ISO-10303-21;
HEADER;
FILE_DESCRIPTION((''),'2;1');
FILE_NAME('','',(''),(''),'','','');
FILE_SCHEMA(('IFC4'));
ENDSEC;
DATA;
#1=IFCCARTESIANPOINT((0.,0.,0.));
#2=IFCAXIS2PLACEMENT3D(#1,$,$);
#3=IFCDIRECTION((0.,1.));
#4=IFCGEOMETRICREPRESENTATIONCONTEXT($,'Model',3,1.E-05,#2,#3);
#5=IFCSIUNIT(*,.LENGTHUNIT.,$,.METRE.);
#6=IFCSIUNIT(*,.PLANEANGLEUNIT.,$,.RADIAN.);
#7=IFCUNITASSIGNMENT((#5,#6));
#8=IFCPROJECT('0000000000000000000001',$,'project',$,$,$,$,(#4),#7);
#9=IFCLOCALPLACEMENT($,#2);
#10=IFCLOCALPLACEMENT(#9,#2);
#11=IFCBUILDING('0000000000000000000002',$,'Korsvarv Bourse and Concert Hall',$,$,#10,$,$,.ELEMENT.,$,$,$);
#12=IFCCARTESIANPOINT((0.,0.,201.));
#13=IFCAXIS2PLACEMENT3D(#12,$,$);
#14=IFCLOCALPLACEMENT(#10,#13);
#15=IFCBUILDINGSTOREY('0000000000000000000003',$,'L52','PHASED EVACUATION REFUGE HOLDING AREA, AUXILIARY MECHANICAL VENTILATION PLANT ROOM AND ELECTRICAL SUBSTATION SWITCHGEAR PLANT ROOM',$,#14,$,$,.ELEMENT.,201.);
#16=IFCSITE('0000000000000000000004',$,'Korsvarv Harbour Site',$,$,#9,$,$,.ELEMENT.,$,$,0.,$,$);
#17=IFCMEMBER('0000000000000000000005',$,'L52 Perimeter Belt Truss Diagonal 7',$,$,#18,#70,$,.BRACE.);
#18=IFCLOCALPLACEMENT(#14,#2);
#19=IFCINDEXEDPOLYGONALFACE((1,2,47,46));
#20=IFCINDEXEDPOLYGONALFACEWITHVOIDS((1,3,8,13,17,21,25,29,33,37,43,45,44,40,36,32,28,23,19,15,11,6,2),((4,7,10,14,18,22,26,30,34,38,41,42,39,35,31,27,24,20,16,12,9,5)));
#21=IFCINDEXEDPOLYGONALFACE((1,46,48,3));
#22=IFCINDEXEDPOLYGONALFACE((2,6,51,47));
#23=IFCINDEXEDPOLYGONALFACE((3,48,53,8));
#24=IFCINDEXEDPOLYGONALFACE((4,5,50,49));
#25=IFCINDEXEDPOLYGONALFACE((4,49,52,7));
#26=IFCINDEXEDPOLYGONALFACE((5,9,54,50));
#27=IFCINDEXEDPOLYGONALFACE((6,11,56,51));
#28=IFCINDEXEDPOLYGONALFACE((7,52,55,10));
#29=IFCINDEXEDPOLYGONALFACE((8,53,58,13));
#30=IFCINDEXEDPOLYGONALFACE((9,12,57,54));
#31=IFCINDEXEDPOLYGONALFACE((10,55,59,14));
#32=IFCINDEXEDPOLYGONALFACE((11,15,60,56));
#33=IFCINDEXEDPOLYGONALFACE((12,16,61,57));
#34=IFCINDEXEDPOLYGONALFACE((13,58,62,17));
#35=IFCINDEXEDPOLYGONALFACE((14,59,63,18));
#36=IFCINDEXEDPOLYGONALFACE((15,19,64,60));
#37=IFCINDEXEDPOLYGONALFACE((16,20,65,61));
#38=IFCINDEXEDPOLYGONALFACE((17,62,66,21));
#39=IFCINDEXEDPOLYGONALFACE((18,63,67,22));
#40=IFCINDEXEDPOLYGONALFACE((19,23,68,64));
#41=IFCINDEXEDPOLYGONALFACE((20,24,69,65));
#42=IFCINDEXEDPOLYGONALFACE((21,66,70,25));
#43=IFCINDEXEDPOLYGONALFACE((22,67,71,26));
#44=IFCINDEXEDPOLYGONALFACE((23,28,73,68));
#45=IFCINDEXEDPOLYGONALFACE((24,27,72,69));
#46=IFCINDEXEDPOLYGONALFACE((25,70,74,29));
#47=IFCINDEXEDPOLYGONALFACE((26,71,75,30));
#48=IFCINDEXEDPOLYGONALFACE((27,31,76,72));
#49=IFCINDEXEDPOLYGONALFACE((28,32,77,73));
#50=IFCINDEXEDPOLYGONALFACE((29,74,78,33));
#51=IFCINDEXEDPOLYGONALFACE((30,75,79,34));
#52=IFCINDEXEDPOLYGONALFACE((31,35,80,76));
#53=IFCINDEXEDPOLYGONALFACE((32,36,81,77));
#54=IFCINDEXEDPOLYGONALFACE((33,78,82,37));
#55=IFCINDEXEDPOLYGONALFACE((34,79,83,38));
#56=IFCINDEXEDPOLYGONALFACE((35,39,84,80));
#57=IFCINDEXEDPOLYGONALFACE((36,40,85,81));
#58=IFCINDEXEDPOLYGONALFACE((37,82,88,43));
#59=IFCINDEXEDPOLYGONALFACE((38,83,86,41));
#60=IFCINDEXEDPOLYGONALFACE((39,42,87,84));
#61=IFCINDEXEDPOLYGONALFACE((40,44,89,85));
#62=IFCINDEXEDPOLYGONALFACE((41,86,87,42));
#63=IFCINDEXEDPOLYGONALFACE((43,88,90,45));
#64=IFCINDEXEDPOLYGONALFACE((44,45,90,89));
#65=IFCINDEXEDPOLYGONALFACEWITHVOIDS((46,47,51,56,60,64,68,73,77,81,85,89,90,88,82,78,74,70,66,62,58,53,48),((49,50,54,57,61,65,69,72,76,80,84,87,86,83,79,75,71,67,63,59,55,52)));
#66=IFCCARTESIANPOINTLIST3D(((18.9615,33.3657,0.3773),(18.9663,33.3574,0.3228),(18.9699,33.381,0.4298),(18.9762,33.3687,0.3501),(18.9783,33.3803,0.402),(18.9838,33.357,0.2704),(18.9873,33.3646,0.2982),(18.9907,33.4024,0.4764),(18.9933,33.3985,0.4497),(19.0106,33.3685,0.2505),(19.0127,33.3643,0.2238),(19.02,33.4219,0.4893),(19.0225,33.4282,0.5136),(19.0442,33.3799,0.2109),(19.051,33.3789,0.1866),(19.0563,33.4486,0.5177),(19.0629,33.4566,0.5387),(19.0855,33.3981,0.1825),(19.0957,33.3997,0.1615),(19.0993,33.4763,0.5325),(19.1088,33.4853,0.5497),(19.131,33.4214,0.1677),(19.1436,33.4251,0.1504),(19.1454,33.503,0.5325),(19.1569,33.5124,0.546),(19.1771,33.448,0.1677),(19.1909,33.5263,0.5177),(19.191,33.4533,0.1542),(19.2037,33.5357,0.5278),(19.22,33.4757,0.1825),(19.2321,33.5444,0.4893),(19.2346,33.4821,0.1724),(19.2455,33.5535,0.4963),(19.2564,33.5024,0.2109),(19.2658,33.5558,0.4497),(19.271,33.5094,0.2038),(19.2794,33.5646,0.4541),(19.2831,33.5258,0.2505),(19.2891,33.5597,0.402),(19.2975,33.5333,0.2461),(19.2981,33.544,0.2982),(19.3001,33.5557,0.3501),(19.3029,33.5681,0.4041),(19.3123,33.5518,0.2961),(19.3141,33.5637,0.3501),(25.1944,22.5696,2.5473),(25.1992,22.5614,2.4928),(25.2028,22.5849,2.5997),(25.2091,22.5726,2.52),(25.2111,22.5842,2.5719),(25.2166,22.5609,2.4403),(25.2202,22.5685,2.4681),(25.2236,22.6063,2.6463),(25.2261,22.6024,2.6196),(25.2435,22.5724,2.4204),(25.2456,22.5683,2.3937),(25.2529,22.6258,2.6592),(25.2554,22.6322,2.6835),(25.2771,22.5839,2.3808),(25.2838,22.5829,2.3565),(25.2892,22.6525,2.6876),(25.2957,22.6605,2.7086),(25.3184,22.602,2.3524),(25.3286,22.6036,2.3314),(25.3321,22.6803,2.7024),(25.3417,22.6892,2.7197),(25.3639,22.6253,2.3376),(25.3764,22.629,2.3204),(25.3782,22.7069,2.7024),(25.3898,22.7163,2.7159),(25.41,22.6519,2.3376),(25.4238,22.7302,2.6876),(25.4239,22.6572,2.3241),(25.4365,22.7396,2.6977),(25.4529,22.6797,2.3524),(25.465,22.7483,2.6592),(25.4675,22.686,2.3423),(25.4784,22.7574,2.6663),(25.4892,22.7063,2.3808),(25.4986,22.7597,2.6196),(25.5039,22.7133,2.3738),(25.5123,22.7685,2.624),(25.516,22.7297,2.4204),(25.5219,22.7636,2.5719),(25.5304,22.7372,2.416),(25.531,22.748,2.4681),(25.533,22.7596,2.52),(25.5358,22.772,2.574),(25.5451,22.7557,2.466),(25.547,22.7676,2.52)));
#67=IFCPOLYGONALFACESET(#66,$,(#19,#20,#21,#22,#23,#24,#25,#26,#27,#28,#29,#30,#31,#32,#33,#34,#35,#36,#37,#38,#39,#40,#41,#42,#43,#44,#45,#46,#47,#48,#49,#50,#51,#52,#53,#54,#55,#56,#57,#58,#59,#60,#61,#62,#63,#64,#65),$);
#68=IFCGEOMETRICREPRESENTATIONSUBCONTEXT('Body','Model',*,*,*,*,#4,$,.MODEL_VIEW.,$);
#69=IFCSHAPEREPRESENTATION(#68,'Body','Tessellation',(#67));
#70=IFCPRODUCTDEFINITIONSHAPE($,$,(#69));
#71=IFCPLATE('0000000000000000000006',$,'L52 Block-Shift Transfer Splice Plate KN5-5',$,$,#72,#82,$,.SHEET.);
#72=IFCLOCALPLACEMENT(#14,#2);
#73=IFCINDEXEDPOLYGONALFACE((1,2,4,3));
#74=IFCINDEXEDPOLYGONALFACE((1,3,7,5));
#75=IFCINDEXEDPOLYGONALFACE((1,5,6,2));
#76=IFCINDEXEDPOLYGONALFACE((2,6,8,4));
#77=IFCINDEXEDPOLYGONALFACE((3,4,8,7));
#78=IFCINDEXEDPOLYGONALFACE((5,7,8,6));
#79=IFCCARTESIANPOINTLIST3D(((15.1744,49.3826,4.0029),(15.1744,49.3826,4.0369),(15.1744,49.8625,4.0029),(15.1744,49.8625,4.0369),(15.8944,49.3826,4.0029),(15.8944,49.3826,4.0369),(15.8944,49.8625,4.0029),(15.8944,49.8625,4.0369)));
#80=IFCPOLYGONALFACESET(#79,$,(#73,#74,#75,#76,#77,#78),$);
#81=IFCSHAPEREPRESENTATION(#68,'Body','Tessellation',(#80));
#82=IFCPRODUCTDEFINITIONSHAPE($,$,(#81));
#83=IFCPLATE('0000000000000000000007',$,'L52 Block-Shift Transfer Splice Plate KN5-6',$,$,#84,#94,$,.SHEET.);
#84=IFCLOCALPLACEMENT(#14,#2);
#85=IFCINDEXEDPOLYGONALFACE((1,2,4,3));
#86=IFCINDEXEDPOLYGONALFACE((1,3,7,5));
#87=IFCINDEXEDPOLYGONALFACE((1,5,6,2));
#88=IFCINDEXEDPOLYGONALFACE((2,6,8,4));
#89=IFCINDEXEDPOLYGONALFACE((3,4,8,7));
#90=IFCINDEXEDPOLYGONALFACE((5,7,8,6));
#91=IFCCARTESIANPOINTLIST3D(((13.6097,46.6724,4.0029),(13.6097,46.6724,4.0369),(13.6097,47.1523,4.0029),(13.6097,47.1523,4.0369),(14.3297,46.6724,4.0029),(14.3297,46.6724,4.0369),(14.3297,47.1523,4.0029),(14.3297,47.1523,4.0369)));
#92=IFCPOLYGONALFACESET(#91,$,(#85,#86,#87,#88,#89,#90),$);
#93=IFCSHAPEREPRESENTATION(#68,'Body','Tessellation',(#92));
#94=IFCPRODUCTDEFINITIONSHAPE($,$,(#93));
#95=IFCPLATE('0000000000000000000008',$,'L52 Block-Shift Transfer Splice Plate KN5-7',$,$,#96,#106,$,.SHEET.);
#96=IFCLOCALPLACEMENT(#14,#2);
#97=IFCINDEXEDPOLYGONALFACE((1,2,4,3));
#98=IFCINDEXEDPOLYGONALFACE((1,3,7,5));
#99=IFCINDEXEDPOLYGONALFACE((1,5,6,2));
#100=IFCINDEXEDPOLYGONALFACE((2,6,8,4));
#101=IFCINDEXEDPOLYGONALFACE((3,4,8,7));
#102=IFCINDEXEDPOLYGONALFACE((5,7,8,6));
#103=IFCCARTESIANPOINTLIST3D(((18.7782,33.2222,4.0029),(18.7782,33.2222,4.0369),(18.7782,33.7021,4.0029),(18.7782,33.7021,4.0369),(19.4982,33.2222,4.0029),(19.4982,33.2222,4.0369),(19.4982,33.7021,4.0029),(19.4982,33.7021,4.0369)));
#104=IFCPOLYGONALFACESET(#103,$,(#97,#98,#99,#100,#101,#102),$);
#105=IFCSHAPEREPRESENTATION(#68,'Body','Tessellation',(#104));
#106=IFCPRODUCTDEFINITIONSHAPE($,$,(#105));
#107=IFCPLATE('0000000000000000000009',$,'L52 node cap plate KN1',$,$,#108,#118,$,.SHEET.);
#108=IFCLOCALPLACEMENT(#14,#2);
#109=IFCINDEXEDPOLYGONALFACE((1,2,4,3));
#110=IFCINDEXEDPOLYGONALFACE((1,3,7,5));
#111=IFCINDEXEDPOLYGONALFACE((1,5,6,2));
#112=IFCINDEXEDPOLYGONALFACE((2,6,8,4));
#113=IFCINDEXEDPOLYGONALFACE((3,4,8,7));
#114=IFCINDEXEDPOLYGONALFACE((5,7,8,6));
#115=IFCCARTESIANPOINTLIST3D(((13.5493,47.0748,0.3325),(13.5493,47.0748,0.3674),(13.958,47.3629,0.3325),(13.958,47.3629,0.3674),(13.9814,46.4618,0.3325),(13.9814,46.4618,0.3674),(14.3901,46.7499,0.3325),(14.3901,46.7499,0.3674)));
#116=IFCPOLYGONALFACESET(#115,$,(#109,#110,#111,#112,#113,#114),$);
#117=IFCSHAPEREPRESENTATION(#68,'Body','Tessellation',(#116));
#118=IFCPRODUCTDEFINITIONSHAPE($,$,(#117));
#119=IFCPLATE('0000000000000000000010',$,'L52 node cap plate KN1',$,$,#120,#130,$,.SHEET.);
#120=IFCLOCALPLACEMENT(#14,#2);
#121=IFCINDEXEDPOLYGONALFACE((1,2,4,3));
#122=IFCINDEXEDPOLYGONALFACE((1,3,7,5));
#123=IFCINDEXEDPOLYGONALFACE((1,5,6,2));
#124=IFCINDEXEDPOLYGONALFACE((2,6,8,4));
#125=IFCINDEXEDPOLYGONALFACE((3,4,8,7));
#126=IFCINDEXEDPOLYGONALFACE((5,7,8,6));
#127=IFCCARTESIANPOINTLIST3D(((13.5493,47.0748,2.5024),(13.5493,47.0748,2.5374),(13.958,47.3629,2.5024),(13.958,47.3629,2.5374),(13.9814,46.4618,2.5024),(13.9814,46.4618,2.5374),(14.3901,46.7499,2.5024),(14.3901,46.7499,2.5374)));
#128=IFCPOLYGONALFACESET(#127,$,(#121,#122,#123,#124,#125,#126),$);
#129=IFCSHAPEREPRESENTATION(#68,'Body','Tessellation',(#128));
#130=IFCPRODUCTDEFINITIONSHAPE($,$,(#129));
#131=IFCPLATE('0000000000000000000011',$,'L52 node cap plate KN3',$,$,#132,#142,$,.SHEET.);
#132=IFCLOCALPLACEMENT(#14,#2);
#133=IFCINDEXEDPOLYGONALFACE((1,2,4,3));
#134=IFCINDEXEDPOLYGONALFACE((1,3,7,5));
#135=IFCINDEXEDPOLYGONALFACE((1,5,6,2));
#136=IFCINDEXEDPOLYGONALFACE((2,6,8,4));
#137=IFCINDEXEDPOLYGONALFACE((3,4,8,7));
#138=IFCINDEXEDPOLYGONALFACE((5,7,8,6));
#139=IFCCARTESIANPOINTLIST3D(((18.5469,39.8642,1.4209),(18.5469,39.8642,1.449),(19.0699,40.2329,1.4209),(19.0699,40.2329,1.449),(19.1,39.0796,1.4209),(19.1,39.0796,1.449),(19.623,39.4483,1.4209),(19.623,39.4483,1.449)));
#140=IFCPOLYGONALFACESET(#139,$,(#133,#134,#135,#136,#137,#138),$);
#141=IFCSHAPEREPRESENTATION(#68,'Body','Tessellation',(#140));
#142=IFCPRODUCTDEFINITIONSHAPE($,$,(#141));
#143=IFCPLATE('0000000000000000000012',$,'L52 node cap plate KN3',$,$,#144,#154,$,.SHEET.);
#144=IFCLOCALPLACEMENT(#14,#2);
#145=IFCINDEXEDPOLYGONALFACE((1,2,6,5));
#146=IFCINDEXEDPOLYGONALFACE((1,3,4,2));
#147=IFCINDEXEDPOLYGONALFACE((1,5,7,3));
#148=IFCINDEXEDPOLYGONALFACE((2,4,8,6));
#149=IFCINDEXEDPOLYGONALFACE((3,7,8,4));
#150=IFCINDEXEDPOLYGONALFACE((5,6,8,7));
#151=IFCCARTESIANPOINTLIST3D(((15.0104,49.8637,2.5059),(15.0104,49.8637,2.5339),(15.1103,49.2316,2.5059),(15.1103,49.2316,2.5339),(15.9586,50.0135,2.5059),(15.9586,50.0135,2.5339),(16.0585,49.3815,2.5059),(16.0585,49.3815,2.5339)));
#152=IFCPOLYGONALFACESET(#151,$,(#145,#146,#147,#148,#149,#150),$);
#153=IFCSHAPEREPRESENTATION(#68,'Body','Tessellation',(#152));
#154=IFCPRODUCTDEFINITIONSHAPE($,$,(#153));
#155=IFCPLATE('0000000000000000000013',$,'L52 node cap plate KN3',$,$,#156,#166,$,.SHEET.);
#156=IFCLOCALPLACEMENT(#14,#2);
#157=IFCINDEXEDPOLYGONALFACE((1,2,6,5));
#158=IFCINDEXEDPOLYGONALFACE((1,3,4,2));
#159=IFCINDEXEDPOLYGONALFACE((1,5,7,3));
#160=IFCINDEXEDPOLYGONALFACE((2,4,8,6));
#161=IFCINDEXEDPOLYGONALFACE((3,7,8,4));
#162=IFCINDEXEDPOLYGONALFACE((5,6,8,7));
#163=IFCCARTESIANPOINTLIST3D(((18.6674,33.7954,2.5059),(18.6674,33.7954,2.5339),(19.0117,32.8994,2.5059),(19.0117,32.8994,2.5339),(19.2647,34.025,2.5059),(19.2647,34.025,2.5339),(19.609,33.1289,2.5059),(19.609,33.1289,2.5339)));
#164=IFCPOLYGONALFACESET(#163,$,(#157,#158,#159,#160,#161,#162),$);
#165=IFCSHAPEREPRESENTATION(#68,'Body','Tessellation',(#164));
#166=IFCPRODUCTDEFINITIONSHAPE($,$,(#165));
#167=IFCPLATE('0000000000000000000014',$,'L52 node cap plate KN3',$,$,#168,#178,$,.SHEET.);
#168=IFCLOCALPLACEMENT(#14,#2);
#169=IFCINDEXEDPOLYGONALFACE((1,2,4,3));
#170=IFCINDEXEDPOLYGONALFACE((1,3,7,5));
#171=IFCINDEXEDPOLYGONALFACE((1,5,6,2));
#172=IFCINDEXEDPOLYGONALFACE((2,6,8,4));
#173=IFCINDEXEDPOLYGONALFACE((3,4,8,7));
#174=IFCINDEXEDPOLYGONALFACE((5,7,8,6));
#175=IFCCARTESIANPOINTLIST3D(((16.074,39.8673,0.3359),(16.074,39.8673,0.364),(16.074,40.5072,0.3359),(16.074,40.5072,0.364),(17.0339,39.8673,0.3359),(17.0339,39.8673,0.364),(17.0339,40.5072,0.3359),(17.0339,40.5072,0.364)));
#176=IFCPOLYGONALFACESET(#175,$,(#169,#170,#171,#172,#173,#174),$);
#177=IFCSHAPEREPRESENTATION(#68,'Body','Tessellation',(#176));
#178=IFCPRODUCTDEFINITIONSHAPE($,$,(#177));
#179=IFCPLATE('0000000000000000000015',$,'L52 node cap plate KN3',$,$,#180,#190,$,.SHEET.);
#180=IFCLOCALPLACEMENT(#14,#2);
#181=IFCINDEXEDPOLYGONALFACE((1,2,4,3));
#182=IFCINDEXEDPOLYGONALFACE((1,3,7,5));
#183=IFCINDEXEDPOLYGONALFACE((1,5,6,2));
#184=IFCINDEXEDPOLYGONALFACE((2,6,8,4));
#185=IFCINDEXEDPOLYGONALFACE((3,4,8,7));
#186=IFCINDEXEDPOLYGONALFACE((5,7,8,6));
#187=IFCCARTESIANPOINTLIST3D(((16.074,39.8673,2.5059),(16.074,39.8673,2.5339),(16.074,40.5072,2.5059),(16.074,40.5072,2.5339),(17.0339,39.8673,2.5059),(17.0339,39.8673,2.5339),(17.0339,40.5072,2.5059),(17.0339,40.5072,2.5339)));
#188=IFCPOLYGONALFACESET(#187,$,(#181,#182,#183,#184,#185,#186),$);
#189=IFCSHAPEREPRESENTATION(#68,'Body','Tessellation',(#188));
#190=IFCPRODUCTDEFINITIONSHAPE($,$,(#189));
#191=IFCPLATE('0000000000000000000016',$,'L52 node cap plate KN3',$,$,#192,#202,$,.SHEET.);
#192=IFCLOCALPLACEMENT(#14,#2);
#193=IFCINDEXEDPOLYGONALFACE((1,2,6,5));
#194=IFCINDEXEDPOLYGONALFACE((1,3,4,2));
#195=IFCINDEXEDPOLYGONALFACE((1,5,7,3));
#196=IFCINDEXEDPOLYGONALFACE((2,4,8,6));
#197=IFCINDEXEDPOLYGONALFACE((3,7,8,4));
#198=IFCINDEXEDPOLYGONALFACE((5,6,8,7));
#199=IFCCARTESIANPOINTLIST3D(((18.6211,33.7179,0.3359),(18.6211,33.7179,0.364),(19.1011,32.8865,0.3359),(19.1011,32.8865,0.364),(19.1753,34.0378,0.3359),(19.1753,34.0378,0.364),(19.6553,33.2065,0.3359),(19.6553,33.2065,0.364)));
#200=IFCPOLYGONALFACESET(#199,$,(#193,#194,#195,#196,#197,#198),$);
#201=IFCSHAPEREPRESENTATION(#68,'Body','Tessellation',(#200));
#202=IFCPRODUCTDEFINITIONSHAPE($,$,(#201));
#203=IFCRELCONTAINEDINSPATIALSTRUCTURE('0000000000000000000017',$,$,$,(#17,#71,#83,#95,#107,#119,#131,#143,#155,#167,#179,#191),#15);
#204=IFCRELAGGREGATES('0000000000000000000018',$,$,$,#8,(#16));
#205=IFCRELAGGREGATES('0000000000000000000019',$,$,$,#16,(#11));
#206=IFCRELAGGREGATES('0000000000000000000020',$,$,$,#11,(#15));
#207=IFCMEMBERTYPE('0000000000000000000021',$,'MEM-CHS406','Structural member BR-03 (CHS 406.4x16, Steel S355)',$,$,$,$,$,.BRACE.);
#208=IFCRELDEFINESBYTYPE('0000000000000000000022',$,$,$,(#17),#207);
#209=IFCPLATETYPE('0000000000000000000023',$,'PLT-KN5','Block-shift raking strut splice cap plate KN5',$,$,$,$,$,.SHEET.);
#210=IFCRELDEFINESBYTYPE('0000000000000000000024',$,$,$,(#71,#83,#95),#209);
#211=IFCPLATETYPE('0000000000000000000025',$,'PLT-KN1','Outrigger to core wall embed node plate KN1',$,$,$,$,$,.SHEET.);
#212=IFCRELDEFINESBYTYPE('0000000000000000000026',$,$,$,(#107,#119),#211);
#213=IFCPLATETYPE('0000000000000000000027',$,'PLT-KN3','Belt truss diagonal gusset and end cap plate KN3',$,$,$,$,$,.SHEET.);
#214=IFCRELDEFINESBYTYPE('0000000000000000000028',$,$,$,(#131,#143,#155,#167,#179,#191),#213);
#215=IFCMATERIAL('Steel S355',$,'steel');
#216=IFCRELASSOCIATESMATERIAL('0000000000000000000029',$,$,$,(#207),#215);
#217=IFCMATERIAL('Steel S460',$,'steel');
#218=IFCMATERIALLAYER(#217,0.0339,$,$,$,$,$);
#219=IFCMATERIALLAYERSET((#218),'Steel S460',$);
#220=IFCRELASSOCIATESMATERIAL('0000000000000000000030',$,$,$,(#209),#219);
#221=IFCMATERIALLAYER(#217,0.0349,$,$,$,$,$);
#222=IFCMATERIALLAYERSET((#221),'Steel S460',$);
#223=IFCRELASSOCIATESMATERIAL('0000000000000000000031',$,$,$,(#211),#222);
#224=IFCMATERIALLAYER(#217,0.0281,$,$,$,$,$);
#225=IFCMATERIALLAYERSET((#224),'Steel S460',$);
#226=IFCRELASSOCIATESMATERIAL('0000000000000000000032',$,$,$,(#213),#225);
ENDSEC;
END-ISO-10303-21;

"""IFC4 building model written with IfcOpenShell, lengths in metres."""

from ifc_helpers import new_model, si_unit, direction, frame, origin, origin_2d, place, context, subcontext, project, spatial, rectangle, hollow_circle, extrude, source, transform, mapped, material, layer, layer_set, material_profile, profile_set, type_object, element, save


model = new_model("IFC4")

# Units and contexts
model_context = context("Model", 3, precision=1e-05, world=origin(), true_north=direction((0.0, 1.0)))
body_context = subcontext(model_context, "Body", "Model", "MODEL_VIEW")
ifc_project = project(units=[si_unit("LENGTHUNIT", "METRE"), si_unit("PLANEANGLEUNIT", "RADIAN")], contexts=[model_context])

# Site, building, storey
site_placement = place(None, origin())
site = spatial("IfcSite", under=ifc_project, at=site_placement, Name="Korsvarv Harbour Site", CompositionType="ELEMENT", RefElevation=0.0)
building_placement = place(site_placement, origin())
building = spatial("IfcBuilding", under=site, at=building_placement, Name="Korsvarv Bourse and Concert Hall", CompositionType="ELEMENT")
storey_placement = place(building_placement, frame((0.0, 0.0, 201.0)))
storey = spatial("IfcBuildingStorey", under=building, at=storey_placement, Name="L52", Description="PHASED EVACUATION REFUGE HOLDING AREA, AUXILIARY MECHANICAL VENTILATION PLANT ROOM AND ELECTRICAL SUBSTATION SWITCHGEAR PLANT ROOM", CompositionType="ELEMENT", Elevation=201.0)

# Shared definitions
ifc_material_1 = material(Name="Steel S355", Category="steel")

# Member
ifc_material_profile_1 = material_profile(ifc_material_1, hollow_circle(Radius=0.2031, WallThickness=0.0161, at=origin_2d()), Name="CHS 406.4x16")
ifc_profile_set_1 = profile_set([ifc_material_profile_1], Name="Steel S355")
member_type_1 = type_object("IfcMemberType", Name="MEM-CHS406", Description="Structural member BR-03 (CHS 406.4x16, Steel S355)", PredefinedType="BRACE", material=ifc_profile_set_1)
shared_shape_1 = source(origin(), body_context, "Body", "SweptSolid", [
    extrude(hollow_circle(Radius=0.2031, WallThickness=0.0161, at=origin_2d()), origin(), (0.0, 0.0, 1.0), 12.6536),
])
member_1_placement = place(storey_placement, frame((19.1382, 33.4622, 0.3501), z_axis=(0.492579, -0.853205, 0.171486), x_axis=(0.866034, 0.499985, 0.0)))
element("IfcMember", 1, at=member_1_placement, inside=storey, type_object=member_type_1, Name="L52 Perimeter Belt Truss Diagonal 7", PredefinedType="BRACE", context=body_context, shape_type="MappedRepresentation", body=[
    mapped(shared_shape_1, transform((0.0, 0.0, 0.0), scale=1.0)),
])

# Plates
ifc_material_2 = material(Name="Steel S460", Category="steel")
ifc_layer_1 = layer(ifc_material_2, 0.0339)
ifc_layer_set_1 = layer_set([ifc_layer_1], Name="Steel S460")
plate_type_1 = type_object("IfcPlateType", Name="PLT-KN5", Description="Block-shift raking strut splice cap plate KN5", PredefinedType="SHEET", material=ifc_layer_set_1)
shared_shape_2 = source(origin(), body_context, "Body", "SweptSolid", [
    extrude(rectangle(XDim=0.72, YDim=0.48, at=origin_2d()), origin(), (0.0, 0.0, 1.0), 0.0339),
])
for number, where, z_axis, x_axis, name in (
    (2, (15.5344, 49.6226, 4.0029), (0.0, 0.0, 1.0), (1.0, 0.0, 0.0), "L52 Block-Shift Transfer Splice Plate KN5-5"),
    (3, (13.9697, 46.9124, 4.0029), (0.0, 0.0, 1.0), (1.0, 0.0, 0.0), "L52 Block-Shift Transfer Splice Plate KN5-6"),
    (4, (19.1382, 33.4622, 4.0029), (0.0, 0.0, 1.0), (1.0, 0.0, 0.0), "L52 Block-Shift Transfer Splice Plate KN5-7"),
):
    element("IfcPlate", number, at=place(storey_placement, frame(where, z_axis=z_axis, x_axis=x_axis)), inside=storey, type_object=plate_type_1, Name=name, PredefinedType="SHEET", context=body_context, shape_type="MappedRepresentation", body=[
        mapped(shared_shape_2, transform((0.0, 0.0, 0.0), scale=1.0)),
    ])
ifc_layer_2 = layer(ifc_material_2, 0.0349)
ifc_layer_set_2 = layer_set([ifc_layer_2], Name="Steel S460")
plate_type_2 = type_object("IfcPlateType", Name="PLT-KN1", Description="Outrigger to core wall embed node plate KN1", PredefinedType="SHEET", material=ifc_layer_set_2)
shared_shape_3 = source(origin(), body_context, "Body", "SweptSolid", [
    extrude(rectangle(XDim=0.75, YDim=0.5, at=origin_2d()), origin(), (0.0, 0.0, 1.0), 0.0349),
])
for number, where, z_axis, x_axis, name in (
    (5, (13.9697, 46.9124, 0.3325), (0.0, 0.0, 1.0), (-0.576147, 0.817346, 0.0), "L52 node cap plate KN1"),
    (6, (13.9697, 46.9124, 2.5024), (0.0, 0.0, 1.0), (-0.576147, 0.817346, 0.0), "L52 node cap plate KN1"),
):
    element("IfcPlate", number, at=place(storey_placement, frame(where, z_axis=z_axis, x_axis=x_axis)), inside=storey, type_object=plate_type_2, Name=name, PredefinedType="SHEET", context=body_context, shape_type="MappedRepresentation", body=[
        mapped(shared_shape_3, transform((0.0, 0.0, 0.0), scale=1.0)),
    ])
ifc_layer_3 = layer(ifc_material_2, 0.0281)
ifc_layer_set_3 = layer_set([ifc_layer_3], Name="Steel S460")
plate_type_3 = type_object("IfcPlateType", Name="PLT-KN3", Description="Belt truss diagonal gusset and end cap plate KN3", PredefinedType="SHEET", material=ifc_layer_set_3)
shared_shape_4 = source(origin(), body_context, "Body", "SweptSolid", [
    extrude(rectangle(XDim=0.96, YDim=0.6399, at=origin_2d()), origin(), (0.0, 0.0, 1.0), 0.0281),
])
for number, where, z_axis, x_axis, name in (
    (7, (19.085, 39.6562, 1.4209), (0.0, 0.0, 1.0), (-0.576147, 0.817346, 0.0), "L52 node cap plate KN3"),
    (8, (15.5344, 49.6226, 2.5059), (0.0, 0.0, 1.0), (0.987743, 0.15609, 0.0), "L52 node cap plate KN3"),
    (9, (19.1382, 33.4622, 2.5059), (0.0, 0.0, 1.0), (-0.358694, 0.933455, 0.0), "L52 node cap plate KN3"),
    (10, (16.554, 40.1873, 0.3359), (0.0, 0.0, 1.0), (1.0, 0.0, 0.0), "L52 node cap plate KN3"),
    (11, (16.554, 40.1873, 2.5059), (0.0, 0.0, 1.0), (1.0, 0.0, 0.0), "L52 node cap plate KN3"),
    (12, (19.1382, 33.4622, 0.3359), (0.0, 0.0, 1.0), (-0.5, 0.866025, 0.0), "L52 node cap plate KN3"),
):
    element("IfcPlate", number, at=place(storey_placement, frame(where, z_axis=z_axis, x_axis=x_axis)), inside=storey, type_object=plate_type_3, Name=name, PredefinedType="SHEET", context=body_context, shape_type="MappedRepresentation", body=[
        mapped(shared_shape_4, transform((0.0, 0.0, 0.0), scale=1.0)),
    ])

save(model, "model.ifc")
